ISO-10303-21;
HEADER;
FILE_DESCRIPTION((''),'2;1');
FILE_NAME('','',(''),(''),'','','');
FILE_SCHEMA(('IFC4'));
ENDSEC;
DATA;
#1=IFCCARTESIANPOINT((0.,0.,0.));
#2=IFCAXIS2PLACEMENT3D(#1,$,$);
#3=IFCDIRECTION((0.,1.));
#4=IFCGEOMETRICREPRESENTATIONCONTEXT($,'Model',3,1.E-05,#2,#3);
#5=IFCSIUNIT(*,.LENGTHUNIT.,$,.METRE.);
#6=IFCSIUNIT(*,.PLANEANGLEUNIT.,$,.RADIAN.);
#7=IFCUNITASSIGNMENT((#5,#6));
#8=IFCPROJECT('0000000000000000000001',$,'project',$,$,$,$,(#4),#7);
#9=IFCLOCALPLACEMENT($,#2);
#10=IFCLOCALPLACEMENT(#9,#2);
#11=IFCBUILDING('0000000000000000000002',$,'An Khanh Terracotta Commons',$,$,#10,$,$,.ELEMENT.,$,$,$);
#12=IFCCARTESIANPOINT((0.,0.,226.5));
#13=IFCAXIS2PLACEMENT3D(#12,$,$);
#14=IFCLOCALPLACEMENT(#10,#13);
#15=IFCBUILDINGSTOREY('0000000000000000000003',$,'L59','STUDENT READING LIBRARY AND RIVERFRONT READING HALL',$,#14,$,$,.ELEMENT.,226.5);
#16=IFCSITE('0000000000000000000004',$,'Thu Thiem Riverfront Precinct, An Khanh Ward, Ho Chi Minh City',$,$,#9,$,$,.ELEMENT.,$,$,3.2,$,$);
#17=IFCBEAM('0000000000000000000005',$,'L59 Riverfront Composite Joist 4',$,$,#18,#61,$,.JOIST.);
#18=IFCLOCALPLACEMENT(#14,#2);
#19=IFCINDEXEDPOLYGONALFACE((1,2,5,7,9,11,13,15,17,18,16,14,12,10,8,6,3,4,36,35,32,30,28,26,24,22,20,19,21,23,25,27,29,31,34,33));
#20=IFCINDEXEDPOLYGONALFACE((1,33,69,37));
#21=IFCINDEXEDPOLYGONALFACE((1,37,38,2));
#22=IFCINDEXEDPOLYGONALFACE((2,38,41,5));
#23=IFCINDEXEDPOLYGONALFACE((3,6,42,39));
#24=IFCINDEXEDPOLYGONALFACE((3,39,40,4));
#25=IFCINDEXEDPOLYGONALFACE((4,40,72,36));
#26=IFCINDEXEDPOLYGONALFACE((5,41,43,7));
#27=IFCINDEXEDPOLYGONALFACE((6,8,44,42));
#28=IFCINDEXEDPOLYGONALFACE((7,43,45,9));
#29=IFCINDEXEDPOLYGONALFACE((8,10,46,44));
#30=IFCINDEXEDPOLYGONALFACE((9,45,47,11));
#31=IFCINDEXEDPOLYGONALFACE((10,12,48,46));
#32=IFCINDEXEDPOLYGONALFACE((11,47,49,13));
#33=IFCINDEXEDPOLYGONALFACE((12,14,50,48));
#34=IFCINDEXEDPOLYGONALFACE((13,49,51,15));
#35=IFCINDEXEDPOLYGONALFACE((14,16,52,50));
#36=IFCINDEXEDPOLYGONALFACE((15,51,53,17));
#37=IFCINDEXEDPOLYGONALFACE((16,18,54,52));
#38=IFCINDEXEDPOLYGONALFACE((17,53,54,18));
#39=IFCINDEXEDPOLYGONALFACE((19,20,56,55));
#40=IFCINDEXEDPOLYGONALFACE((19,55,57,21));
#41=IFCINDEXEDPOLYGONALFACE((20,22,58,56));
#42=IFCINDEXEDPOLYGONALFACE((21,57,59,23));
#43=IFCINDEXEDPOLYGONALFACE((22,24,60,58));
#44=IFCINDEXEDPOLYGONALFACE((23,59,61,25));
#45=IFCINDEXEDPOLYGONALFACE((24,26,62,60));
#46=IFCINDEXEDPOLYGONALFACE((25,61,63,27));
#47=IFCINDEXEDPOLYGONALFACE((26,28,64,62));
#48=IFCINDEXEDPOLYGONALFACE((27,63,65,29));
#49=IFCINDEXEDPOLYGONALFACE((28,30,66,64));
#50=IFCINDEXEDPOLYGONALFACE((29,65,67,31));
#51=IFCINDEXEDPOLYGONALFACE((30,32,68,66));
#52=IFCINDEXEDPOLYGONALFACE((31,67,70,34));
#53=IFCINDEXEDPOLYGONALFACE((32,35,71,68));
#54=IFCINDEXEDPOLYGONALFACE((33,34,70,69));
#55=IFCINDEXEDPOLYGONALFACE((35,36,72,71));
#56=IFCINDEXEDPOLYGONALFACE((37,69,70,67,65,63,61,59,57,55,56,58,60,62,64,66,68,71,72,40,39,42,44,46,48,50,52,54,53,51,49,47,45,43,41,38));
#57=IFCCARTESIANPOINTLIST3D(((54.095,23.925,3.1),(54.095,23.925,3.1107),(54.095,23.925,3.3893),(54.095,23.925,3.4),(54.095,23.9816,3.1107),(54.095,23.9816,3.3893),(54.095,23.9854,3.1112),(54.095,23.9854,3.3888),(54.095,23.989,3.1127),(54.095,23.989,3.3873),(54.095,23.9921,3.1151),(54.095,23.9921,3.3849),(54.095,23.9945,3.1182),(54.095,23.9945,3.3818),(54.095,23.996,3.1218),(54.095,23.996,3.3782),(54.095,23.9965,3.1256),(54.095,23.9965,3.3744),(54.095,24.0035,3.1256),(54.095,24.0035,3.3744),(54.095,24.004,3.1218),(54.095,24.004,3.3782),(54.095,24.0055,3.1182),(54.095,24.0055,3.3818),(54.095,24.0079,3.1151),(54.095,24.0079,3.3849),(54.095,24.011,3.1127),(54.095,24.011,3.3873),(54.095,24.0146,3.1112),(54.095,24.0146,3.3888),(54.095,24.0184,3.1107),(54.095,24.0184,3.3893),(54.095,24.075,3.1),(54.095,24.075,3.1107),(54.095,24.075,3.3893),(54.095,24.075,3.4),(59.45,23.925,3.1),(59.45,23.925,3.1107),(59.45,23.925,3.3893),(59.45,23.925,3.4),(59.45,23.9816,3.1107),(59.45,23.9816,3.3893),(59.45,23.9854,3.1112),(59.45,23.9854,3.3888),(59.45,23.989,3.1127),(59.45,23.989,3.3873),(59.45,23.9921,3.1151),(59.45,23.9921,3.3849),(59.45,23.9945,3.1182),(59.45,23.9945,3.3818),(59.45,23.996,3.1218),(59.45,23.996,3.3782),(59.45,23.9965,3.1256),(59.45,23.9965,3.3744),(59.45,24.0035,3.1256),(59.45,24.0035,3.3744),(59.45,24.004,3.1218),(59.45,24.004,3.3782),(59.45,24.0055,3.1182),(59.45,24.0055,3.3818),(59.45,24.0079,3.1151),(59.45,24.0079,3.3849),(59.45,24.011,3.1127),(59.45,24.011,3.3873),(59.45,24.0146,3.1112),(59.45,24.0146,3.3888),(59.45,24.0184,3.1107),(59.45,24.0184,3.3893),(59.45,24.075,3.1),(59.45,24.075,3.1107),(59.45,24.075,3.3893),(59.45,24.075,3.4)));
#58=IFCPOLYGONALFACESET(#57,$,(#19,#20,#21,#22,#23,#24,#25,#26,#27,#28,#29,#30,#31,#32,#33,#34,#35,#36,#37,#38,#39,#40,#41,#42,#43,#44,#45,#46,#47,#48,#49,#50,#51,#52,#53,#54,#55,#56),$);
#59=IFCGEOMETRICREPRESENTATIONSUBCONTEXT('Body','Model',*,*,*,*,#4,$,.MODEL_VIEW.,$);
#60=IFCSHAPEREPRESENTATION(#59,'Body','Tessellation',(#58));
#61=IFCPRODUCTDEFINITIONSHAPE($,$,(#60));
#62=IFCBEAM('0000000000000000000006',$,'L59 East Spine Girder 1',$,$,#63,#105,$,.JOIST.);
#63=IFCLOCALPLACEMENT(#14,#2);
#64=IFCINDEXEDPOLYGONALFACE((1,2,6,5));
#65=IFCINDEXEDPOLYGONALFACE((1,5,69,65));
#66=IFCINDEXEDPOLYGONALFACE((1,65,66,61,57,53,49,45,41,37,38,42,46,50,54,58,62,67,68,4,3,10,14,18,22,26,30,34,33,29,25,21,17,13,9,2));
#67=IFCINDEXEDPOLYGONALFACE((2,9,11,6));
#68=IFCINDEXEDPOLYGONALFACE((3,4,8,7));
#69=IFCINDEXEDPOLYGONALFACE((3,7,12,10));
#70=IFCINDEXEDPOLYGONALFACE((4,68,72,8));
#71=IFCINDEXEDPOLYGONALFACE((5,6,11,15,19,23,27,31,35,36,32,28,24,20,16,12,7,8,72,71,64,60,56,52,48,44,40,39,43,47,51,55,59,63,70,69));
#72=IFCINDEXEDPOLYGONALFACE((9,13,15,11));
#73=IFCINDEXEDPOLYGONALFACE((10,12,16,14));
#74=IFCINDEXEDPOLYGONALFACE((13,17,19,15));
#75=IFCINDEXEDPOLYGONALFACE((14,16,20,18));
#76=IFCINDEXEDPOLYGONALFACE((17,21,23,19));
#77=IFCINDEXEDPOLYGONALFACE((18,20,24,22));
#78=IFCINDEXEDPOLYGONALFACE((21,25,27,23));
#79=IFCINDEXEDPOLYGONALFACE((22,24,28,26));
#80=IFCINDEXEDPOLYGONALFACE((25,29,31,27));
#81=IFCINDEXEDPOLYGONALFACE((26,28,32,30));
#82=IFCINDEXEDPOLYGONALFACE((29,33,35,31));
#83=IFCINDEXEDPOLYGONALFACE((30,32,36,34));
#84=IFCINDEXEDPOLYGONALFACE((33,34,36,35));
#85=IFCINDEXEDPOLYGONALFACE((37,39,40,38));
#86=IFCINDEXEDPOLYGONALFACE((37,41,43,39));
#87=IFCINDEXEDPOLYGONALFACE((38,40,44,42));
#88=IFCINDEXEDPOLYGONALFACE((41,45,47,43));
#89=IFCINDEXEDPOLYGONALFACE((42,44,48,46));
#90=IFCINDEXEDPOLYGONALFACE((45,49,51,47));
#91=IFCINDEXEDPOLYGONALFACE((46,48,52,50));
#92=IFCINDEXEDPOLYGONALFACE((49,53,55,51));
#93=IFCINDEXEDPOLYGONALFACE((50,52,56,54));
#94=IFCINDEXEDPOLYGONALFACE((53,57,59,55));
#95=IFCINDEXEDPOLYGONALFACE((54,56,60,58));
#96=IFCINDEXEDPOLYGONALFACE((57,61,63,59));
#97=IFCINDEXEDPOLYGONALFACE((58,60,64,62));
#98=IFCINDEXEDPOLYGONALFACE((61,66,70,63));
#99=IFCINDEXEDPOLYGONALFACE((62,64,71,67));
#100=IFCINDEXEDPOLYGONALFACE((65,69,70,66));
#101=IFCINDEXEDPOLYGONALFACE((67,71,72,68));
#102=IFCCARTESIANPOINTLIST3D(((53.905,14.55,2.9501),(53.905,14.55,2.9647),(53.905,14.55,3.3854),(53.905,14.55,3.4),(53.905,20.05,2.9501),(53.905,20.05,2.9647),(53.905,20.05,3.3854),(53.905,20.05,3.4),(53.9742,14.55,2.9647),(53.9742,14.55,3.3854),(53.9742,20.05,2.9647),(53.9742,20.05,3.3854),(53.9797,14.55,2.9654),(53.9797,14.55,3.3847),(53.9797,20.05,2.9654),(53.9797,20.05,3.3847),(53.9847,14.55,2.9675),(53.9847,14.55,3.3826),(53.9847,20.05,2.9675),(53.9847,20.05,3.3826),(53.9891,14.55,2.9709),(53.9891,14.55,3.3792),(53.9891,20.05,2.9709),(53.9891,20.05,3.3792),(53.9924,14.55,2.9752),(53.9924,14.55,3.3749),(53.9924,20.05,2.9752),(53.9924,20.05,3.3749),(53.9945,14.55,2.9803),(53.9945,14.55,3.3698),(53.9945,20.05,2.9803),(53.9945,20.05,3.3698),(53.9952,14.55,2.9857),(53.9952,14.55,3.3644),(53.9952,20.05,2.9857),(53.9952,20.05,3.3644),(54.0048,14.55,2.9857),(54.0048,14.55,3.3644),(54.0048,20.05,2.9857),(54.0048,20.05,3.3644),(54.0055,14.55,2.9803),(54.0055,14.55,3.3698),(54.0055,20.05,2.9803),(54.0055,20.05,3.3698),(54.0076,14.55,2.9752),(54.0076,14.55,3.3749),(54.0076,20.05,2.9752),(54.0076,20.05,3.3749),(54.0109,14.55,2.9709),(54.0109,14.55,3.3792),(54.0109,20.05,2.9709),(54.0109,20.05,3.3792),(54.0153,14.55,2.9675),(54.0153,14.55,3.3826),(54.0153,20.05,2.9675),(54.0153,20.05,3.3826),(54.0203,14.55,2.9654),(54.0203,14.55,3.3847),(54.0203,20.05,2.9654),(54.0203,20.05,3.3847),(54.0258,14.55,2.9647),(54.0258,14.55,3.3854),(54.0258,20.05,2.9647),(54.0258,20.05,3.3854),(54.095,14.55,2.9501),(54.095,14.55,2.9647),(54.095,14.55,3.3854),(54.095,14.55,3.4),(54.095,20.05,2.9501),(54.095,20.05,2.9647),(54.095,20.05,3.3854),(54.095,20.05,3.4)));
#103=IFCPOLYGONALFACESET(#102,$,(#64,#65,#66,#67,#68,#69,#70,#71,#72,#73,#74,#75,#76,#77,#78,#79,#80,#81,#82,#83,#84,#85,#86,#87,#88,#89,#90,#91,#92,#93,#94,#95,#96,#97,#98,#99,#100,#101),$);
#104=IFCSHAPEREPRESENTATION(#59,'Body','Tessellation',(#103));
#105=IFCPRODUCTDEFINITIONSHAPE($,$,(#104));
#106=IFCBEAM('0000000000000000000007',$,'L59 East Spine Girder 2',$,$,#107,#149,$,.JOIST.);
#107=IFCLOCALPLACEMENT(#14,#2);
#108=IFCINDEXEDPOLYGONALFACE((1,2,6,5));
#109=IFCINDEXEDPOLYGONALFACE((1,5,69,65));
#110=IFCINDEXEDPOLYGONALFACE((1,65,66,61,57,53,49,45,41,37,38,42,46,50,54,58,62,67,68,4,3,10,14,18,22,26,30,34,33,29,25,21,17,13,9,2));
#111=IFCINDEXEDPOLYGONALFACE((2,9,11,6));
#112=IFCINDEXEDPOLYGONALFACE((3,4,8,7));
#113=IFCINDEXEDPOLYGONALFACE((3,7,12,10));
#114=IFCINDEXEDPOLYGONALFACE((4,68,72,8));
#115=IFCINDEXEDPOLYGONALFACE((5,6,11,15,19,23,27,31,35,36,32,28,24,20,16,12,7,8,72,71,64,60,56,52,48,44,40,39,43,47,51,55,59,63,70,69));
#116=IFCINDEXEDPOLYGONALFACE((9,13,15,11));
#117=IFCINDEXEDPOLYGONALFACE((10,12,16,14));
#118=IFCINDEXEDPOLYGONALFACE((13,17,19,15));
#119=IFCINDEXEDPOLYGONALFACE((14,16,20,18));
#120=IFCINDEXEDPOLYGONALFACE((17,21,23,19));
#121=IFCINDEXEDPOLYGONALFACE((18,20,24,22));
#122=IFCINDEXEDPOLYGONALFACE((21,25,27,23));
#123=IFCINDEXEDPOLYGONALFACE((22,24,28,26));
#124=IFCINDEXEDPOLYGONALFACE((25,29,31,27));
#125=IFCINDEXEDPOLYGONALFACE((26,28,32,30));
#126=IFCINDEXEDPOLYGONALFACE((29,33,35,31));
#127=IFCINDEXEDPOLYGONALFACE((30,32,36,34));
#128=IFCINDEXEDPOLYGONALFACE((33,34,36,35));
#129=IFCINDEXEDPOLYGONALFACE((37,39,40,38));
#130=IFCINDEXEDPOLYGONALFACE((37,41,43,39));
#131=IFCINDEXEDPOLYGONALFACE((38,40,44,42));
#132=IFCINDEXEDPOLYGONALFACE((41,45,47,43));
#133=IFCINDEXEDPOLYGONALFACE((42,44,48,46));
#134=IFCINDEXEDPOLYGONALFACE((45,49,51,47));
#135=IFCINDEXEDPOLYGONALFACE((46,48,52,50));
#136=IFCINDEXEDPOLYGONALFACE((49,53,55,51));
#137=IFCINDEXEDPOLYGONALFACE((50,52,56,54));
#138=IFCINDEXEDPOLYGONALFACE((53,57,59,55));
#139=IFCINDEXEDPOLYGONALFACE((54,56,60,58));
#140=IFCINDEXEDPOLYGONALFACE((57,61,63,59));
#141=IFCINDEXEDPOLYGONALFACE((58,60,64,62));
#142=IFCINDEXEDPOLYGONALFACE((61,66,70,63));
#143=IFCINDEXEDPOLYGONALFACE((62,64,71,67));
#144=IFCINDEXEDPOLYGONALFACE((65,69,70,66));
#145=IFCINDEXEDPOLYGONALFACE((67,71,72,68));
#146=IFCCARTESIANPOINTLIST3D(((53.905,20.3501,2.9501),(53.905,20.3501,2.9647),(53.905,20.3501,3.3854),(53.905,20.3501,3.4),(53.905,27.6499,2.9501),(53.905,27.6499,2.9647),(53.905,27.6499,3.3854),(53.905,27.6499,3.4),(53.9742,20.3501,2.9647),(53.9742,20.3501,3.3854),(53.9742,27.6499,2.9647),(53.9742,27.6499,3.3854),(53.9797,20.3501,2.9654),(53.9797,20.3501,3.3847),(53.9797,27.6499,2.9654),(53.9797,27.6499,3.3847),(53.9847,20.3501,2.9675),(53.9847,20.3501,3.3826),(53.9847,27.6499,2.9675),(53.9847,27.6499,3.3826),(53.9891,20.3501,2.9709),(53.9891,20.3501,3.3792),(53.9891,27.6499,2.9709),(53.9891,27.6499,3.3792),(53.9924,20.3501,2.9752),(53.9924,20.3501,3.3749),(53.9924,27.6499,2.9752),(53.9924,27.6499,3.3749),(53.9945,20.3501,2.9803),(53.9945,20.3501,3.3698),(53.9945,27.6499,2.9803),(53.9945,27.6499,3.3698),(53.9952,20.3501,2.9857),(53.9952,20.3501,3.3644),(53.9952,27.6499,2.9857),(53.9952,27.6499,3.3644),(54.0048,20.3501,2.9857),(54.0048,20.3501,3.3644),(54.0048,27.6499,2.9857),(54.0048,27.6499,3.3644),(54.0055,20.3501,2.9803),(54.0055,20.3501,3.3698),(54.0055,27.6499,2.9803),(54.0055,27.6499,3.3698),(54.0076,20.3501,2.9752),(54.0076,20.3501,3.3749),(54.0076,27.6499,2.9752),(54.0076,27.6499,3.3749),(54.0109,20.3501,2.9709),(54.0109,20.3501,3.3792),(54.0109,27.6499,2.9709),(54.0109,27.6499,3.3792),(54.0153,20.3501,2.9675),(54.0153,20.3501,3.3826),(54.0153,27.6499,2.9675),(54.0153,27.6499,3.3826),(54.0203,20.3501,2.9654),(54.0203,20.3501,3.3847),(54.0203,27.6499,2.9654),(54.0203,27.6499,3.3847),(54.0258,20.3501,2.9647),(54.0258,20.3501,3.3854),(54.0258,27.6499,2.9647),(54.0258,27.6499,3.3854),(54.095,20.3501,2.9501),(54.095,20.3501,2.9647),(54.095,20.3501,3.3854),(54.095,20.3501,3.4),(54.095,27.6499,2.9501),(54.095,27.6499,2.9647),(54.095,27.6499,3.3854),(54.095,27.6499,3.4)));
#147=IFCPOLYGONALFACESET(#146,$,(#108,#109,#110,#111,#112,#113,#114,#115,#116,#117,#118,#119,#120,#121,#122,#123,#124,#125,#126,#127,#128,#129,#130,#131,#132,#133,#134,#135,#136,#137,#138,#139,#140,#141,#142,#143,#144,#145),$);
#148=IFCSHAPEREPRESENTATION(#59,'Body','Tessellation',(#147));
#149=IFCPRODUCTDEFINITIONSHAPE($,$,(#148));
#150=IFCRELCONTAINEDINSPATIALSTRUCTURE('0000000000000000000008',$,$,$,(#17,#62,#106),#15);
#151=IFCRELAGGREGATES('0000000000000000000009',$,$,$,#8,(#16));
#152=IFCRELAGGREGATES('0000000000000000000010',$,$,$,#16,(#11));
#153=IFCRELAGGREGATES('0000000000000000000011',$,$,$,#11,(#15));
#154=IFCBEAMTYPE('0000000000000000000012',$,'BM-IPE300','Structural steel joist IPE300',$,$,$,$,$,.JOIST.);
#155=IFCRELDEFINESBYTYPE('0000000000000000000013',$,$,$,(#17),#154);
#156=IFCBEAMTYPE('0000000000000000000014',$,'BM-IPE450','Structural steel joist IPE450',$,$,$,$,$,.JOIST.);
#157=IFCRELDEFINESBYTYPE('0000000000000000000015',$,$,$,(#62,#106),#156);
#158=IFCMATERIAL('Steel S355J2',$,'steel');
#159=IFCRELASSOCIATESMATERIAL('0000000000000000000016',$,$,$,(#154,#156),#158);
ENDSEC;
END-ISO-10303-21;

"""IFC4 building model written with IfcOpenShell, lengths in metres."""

from ifc_helpers import new_model, si_unit, direction, frame, origin, origin_2d, place, context, subcontext, project, spatial, i_section, extrude, material, material_profile, profile_set, type_object, element, save


model = new_model("IFC4")

# Units and contexts
model_context = context("Model", 3, precision=1e-05, world=origin(), true_north=direction((0.0, 1.0)))
body_context = subcontext(model_context, "Body", "Model", "MODEL_VIEW")
ifc_project = project(units=[si_unit("LENGTHUNIT", "METRE"), si_unit("PLANEANGLEUNIT", "RADIAN")], contexts=[model_context])

# Site, building, storey
site_placement = place(None, origin())
site = spatial("IfcSite", under=ifc_project, at=site_placement, Name="Thu Thiem Riverfront Precinct, An Khanh Ward, Ho Chi Minh City", CompositionType="ELEMENT", RefElevation=3.2)
building_placement = place(site_placement, origin())
building = spatial("IfcBuilding", under=site, at=building_placement, Name="An Khanh Terracotta Commons", CompositionType="ELEMENT")
storey_placement = place(building_placement, frame((0.0, 0.0, 226.5)))
storey = spatial("IfcBuildingStorey", under=building, at=storey_placement, Name="L59", Description="STUDENT READING LIBRARY AND RIVERFRONT READING HALL", CompositionType="ELEMENT", Elevation=226.5)

# Beams
ifc_material_1 = material(Name="Steel S355J2", Category="steel")
ifc_material_profile_1 = material_profile(ifc_material_1, i_section(OverallWidth=0.1499, OverallDepth=0.3, WebThickness=0.0071, FlangeThickness=0.0107, FilletRadius=0.0149, at=origin_2d()), Name="IPE300")
ifc_profile_set_1 = profile_set([ifc_material_profile_1], Name="Steel S355J2")
beam_type_1 = type_object("IfcBeamType", Name="BM-IPE300", Description="Structural steel joist IPE300", PredefinedType="JOIST", material=ifc_profile_set_1)
for number, where, z_axis, x_axis, name in (
    (1, (54.095, 24.0, 3.25), (1.0, 0.0, 0.0), (0.0, 1.0, 0.0), "L59 Riverfront Composite Joist 4"),
):
    element("IfcBeam", number, at=place(storey_placement, frame(where, z_axis=z_axis, x_axis=x_axis)), inside=storey, type_object=beam_type_1, Name=name, PredefinedType="JOIST", context=body_context, shape_type="SweptSolid", body=[
        extrude(i_section(OverallWidth=0.1499, OverallDepth=0.3, WebThickness=0.0071, FlangeThickness=0.0107, FilletRadius=0.0149, at=origin_2d()), origin(), (0.0, 0.0, 1.0), 5.355),
    ])
ifc_material_profile_2 = material_profile(ifc_material_1, i_section(OverallWidth=0.1899, OverallDepth=0.45, WebThickness=0.0095, FlangeThickness=0.0146, FilletRadius=0.021, at=origin_2d()), Name="IPE450")
ifc_profile_set_2 = profile_set([ifc_material_profile_2], Name="Steel S355J2")
beam_type_2 = type_object("IfcBeamType", Name="BM-IPE450", Description="Structural steel joist IPE450", PredefinedType="JOIST", material=ifc_profile_set_2)
beam_1_placement = place(storey_placement, frame((54.0, 14.55, 3.175), z_axis=(0.0, 1.0, 0.0), x_axis=(-1.0, 0.0, 0.0)))
element("IfcBeam", 2, at=beam_1_placement, inside=storey, type_object=beam_type_2, Name="L59 East Spine Girder 1", PredefinedType="JOIST", context=body_context, shape_type="SweptSolid", body=[
    extrude(i_section(OverallWidth=0.1899, OverallDepth=0.45, WebThickness=0.0095, FlangeThickness=0.0146, FilletRadius=0.021, at=origin_2d()), origin(), (0.0, 0.0, 1.0), 5.5),
])
beam_2_placement = place(storey_placement, frame((54.0, 20.3501, 3.175), z_axis=(0.0, 1.0, 0.0), x_axis=(-1.0, 0.0, 0.0)))
element("IfcBeam", 3, at=beam_2_placement, inside=storey, type_object=beam_type_2, Name="L59 East Spine Girder 2", PredefinedType="JOIST", context=body_context, shape_type="SweptSolid", body=[
    extrude(i_section(OverallWidth=0.1899, OverallDepth=0.45, WebThickness=0.0095, FlangeThickness=0.0146, FilletRadius=0.021, at=origin_2d()), origin(), (0.0, 0.0, 1.0), 7.2998),
])

save(model, "model.ifc")
